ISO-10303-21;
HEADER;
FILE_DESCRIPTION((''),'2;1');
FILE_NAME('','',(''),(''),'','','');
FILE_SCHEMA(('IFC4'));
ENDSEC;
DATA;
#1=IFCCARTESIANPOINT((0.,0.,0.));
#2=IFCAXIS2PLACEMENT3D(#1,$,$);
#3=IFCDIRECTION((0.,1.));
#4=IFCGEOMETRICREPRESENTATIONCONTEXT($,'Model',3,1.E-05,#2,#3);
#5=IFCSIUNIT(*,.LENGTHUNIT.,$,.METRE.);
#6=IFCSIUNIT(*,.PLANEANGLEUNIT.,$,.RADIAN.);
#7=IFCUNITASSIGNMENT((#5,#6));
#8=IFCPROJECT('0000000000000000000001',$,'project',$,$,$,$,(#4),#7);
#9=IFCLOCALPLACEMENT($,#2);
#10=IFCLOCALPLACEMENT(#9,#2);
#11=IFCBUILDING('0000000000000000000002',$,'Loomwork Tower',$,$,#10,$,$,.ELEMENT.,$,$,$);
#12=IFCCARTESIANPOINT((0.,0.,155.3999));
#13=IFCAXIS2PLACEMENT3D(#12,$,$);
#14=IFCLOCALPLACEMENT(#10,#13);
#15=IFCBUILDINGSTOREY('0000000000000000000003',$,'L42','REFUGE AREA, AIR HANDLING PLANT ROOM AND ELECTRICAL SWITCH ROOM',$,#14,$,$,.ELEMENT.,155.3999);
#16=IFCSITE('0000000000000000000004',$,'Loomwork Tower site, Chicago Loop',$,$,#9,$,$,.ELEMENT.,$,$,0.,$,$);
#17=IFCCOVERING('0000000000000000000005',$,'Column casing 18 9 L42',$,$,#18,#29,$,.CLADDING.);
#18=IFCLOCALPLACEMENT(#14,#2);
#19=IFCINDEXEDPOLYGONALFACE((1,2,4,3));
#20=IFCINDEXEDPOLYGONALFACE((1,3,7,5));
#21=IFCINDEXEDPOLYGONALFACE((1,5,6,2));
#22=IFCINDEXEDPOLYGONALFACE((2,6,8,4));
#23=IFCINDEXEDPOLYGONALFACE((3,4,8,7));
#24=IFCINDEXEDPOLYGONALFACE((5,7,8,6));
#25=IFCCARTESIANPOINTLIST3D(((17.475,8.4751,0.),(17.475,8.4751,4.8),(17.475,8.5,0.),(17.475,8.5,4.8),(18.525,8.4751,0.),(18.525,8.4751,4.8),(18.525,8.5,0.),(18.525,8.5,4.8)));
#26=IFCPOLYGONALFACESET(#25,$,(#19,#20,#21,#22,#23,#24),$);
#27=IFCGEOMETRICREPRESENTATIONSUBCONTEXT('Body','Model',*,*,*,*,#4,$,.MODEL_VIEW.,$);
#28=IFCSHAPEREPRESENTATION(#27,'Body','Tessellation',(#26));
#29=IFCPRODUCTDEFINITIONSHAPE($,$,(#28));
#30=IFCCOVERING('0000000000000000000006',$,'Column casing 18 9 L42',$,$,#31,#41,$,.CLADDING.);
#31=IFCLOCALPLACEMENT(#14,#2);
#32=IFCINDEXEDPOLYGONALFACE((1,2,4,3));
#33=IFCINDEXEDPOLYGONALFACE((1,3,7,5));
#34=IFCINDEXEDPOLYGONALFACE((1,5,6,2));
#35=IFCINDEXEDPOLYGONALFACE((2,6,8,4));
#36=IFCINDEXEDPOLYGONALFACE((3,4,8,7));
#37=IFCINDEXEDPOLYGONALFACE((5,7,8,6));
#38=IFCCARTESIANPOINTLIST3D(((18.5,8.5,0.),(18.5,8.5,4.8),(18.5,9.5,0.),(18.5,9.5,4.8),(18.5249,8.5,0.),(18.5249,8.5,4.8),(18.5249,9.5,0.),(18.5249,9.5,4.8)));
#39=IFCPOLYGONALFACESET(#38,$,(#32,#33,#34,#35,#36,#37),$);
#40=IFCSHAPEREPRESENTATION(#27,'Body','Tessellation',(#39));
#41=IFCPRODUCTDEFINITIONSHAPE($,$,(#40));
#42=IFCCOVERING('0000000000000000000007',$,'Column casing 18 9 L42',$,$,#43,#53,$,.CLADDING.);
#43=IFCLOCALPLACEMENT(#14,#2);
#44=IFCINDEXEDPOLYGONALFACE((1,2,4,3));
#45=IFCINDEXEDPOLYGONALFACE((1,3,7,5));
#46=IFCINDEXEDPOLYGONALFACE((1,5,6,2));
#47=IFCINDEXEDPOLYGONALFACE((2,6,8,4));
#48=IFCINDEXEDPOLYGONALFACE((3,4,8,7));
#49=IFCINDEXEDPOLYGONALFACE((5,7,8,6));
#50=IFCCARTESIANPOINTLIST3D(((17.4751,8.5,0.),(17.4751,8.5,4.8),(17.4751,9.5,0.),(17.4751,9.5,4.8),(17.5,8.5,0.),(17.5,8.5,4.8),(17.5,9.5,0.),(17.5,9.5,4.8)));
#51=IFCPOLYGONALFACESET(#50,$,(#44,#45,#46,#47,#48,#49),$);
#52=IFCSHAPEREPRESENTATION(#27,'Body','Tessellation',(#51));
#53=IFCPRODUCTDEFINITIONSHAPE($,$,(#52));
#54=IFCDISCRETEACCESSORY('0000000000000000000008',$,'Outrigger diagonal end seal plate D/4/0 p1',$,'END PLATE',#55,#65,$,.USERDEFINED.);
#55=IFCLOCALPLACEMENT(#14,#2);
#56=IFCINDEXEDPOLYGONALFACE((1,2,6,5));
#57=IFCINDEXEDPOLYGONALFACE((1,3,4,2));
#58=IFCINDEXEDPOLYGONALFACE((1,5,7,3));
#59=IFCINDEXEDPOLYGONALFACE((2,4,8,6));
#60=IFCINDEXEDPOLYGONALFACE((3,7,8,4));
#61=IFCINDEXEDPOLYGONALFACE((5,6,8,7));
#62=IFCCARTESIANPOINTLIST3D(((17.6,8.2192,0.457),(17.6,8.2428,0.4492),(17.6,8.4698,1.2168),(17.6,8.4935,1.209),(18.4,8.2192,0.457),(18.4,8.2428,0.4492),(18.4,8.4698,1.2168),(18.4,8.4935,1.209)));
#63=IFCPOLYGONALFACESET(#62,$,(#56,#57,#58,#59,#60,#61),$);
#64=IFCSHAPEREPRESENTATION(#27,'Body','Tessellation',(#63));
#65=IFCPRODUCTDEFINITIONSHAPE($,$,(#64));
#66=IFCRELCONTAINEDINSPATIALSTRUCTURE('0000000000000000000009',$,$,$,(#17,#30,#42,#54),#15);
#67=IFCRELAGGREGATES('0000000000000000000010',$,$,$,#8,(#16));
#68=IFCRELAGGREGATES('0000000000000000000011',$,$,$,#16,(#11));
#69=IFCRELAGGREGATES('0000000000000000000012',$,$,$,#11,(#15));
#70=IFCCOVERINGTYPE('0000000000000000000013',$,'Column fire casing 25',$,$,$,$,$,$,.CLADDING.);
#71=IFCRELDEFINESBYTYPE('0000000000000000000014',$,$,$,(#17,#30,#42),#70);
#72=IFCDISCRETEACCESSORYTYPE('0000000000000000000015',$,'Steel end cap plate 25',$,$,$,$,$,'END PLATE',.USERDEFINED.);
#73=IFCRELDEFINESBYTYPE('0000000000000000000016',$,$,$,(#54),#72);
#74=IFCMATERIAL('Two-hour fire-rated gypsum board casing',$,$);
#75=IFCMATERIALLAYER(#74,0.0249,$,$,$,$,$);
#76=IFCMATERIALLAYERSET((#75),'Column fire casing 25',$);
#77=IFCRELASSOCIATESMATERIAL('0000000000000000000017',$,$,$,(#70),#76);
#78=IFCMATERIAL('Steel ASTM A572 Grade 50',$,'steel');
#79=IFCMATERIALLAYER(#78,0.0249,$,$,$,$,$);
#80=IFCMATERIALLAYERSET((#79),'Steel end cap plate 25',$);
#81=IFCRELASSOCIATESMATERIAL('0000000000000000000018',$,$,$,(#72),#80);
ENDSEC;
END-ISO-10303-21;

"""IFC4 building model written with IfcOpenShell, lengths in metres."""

from ifc_helpers import new_model, si_unit, direction, frame, origin, origin_2d, place, context, subcontext, project, spatial, rectangle, extrude, material, layer, layer_set, type_object, element, save


model = new_model("IFC4")

# Units and contexts
model_context = context("Model", 3, precision=1e-05, world=origin(), true_north=direction((0.0, 1.0)))
body_context = subcontext(model_context, "Body", "Model", "MODEL_VIEW")
ifc_project = project(units=[si_unit("LENGTHUNIT", "METRE"), si_unit("PLANEANGLEUNIT", "RADIAN")], contexts=[model_context])

# Site, building, storey
site_placement = place(None, origin())
site = spatial("IfcSite", under=ifc_project, at=site_placement, Name="Loomwork Tower site, Chicago Loop", CompositionType="ELEMENT", RefElevation=0.0)
building_placement = place(site_placement, origin())
building = spatial("IfcBuilding", under=site, at=building_placement, Name="Loomwork Tower", CompositionType="ELEMENT")
storey_placement = place(building_placement, frame((0.0, 0.0, 155.3999)))
storey = spatial("IfcBuildingStorey", under=building, at=storey_placement, Name="L42", Description="REFUGE AREA, AIR HANDLING PLANT ROOM AND ELECTRICAL SWITCH ROOM", CompositionType="ELEMENT", Elevation=155.3999)

# Coverings
ifc_material_1 = material(Name="Two-hour fire-rated gypsum board casing")
ifc_layer_1 = layer(ifc_material_1, 0.0249)
ifc_layer_set_1 = layer_set([ifc_layer_1], Name="Column fire casing 25")
covering_type = type_object("IfcCoveringType", Name="Column fire casing 25", PredefinedType="CLADDING", material=ifc_layer_set_1)
covering_1_placement = place(storey_placement, frame((18.0, 8.4875, 0.0), z_axis=(0.0, 0.0, 1.0), x_axis=(1.0, 0.0, 0.0)))
element("IfcCovering", 1, at=covering_1_placement, inside=storey, type_object=covering_type, Name="Column casing 18 9 L42", PredefinedType="CLADDING", context=body_context, shape_type="SweptSolid", body=[
    extrude(rectangle(XDim=1.05, YDim=0.0249, at=origin_2d()), origin(), (0.0, 0.0, 1.0), 4.8),
])
for number, where, z_axis, x_axis, name in (
    (2, (18.5125, 9.0, 0.0), (0.0, 0.0, 1.0), (1.0, 0.0, 0.0), "Column casing 18 9 L42"),
    (3, (17.4875, 9.0, 0.0), (0.0, 0.0, 1.0), (1.0, 0.0, 0.0), "Column casing 18 9 L42"),
):
    element("IfcCovering", number, at=place(storey_placement, frame(where, z_axis=z_axis, x_axis=x_axis)), inside=storey, type_object=covering_type, Name=name, PredefinedType="CLADDING", context=body_context, shape_type="SweptSolid", body=[
        extrude(rectangle(XDim=0.0249, YDim=1.0, at=origin_2d()), origin(), (0.0, 0.0, 1.0), 4.8),
    ])

# Discrete accessory
ifc_material_2 = material(Name="Steel ASTM A572 Grade 50", Category="steel")
ifc_layer_2 = layer(ifc_material_2, 0.0249)
ifc_layer_set_2 = layer_set([ifc_layer_2], Name="Steel end cap plate 25")
discrete_accessory_type = type_object("IfcDiscreteAccessoryType", Name="Steel end cap plate 25", ElementType="END PLATE", PredefinedType="USERDEFINED", material=ifc_layer_set_2)
discrete_accessory_placement = place(storey_placement, frame((18.0, 8.3445, 0.8369), z_axis=(0.0, 0.949658, -0.313289), x_axis=(-1.0, 0.0, 0.0)))
element("IfcDiscreteAccessory", 4, at=discrete_accessory_placement, inside=storey, type_object=discrete_accessory_type, Name="Outrigger diagonal end seal plate D/4/0 p1", ObjectType="END PLATE", PredefinedType="USERDEFINED", context=body_context, shape_type="SweptSolid", body=[
    extrude(rectangle(XDim=0.8, YDim=0.8, at=origin_2d()), origin(), (0.0, 0.0, 1.0), 0.0249),
])

save(model, "model.ifc")
